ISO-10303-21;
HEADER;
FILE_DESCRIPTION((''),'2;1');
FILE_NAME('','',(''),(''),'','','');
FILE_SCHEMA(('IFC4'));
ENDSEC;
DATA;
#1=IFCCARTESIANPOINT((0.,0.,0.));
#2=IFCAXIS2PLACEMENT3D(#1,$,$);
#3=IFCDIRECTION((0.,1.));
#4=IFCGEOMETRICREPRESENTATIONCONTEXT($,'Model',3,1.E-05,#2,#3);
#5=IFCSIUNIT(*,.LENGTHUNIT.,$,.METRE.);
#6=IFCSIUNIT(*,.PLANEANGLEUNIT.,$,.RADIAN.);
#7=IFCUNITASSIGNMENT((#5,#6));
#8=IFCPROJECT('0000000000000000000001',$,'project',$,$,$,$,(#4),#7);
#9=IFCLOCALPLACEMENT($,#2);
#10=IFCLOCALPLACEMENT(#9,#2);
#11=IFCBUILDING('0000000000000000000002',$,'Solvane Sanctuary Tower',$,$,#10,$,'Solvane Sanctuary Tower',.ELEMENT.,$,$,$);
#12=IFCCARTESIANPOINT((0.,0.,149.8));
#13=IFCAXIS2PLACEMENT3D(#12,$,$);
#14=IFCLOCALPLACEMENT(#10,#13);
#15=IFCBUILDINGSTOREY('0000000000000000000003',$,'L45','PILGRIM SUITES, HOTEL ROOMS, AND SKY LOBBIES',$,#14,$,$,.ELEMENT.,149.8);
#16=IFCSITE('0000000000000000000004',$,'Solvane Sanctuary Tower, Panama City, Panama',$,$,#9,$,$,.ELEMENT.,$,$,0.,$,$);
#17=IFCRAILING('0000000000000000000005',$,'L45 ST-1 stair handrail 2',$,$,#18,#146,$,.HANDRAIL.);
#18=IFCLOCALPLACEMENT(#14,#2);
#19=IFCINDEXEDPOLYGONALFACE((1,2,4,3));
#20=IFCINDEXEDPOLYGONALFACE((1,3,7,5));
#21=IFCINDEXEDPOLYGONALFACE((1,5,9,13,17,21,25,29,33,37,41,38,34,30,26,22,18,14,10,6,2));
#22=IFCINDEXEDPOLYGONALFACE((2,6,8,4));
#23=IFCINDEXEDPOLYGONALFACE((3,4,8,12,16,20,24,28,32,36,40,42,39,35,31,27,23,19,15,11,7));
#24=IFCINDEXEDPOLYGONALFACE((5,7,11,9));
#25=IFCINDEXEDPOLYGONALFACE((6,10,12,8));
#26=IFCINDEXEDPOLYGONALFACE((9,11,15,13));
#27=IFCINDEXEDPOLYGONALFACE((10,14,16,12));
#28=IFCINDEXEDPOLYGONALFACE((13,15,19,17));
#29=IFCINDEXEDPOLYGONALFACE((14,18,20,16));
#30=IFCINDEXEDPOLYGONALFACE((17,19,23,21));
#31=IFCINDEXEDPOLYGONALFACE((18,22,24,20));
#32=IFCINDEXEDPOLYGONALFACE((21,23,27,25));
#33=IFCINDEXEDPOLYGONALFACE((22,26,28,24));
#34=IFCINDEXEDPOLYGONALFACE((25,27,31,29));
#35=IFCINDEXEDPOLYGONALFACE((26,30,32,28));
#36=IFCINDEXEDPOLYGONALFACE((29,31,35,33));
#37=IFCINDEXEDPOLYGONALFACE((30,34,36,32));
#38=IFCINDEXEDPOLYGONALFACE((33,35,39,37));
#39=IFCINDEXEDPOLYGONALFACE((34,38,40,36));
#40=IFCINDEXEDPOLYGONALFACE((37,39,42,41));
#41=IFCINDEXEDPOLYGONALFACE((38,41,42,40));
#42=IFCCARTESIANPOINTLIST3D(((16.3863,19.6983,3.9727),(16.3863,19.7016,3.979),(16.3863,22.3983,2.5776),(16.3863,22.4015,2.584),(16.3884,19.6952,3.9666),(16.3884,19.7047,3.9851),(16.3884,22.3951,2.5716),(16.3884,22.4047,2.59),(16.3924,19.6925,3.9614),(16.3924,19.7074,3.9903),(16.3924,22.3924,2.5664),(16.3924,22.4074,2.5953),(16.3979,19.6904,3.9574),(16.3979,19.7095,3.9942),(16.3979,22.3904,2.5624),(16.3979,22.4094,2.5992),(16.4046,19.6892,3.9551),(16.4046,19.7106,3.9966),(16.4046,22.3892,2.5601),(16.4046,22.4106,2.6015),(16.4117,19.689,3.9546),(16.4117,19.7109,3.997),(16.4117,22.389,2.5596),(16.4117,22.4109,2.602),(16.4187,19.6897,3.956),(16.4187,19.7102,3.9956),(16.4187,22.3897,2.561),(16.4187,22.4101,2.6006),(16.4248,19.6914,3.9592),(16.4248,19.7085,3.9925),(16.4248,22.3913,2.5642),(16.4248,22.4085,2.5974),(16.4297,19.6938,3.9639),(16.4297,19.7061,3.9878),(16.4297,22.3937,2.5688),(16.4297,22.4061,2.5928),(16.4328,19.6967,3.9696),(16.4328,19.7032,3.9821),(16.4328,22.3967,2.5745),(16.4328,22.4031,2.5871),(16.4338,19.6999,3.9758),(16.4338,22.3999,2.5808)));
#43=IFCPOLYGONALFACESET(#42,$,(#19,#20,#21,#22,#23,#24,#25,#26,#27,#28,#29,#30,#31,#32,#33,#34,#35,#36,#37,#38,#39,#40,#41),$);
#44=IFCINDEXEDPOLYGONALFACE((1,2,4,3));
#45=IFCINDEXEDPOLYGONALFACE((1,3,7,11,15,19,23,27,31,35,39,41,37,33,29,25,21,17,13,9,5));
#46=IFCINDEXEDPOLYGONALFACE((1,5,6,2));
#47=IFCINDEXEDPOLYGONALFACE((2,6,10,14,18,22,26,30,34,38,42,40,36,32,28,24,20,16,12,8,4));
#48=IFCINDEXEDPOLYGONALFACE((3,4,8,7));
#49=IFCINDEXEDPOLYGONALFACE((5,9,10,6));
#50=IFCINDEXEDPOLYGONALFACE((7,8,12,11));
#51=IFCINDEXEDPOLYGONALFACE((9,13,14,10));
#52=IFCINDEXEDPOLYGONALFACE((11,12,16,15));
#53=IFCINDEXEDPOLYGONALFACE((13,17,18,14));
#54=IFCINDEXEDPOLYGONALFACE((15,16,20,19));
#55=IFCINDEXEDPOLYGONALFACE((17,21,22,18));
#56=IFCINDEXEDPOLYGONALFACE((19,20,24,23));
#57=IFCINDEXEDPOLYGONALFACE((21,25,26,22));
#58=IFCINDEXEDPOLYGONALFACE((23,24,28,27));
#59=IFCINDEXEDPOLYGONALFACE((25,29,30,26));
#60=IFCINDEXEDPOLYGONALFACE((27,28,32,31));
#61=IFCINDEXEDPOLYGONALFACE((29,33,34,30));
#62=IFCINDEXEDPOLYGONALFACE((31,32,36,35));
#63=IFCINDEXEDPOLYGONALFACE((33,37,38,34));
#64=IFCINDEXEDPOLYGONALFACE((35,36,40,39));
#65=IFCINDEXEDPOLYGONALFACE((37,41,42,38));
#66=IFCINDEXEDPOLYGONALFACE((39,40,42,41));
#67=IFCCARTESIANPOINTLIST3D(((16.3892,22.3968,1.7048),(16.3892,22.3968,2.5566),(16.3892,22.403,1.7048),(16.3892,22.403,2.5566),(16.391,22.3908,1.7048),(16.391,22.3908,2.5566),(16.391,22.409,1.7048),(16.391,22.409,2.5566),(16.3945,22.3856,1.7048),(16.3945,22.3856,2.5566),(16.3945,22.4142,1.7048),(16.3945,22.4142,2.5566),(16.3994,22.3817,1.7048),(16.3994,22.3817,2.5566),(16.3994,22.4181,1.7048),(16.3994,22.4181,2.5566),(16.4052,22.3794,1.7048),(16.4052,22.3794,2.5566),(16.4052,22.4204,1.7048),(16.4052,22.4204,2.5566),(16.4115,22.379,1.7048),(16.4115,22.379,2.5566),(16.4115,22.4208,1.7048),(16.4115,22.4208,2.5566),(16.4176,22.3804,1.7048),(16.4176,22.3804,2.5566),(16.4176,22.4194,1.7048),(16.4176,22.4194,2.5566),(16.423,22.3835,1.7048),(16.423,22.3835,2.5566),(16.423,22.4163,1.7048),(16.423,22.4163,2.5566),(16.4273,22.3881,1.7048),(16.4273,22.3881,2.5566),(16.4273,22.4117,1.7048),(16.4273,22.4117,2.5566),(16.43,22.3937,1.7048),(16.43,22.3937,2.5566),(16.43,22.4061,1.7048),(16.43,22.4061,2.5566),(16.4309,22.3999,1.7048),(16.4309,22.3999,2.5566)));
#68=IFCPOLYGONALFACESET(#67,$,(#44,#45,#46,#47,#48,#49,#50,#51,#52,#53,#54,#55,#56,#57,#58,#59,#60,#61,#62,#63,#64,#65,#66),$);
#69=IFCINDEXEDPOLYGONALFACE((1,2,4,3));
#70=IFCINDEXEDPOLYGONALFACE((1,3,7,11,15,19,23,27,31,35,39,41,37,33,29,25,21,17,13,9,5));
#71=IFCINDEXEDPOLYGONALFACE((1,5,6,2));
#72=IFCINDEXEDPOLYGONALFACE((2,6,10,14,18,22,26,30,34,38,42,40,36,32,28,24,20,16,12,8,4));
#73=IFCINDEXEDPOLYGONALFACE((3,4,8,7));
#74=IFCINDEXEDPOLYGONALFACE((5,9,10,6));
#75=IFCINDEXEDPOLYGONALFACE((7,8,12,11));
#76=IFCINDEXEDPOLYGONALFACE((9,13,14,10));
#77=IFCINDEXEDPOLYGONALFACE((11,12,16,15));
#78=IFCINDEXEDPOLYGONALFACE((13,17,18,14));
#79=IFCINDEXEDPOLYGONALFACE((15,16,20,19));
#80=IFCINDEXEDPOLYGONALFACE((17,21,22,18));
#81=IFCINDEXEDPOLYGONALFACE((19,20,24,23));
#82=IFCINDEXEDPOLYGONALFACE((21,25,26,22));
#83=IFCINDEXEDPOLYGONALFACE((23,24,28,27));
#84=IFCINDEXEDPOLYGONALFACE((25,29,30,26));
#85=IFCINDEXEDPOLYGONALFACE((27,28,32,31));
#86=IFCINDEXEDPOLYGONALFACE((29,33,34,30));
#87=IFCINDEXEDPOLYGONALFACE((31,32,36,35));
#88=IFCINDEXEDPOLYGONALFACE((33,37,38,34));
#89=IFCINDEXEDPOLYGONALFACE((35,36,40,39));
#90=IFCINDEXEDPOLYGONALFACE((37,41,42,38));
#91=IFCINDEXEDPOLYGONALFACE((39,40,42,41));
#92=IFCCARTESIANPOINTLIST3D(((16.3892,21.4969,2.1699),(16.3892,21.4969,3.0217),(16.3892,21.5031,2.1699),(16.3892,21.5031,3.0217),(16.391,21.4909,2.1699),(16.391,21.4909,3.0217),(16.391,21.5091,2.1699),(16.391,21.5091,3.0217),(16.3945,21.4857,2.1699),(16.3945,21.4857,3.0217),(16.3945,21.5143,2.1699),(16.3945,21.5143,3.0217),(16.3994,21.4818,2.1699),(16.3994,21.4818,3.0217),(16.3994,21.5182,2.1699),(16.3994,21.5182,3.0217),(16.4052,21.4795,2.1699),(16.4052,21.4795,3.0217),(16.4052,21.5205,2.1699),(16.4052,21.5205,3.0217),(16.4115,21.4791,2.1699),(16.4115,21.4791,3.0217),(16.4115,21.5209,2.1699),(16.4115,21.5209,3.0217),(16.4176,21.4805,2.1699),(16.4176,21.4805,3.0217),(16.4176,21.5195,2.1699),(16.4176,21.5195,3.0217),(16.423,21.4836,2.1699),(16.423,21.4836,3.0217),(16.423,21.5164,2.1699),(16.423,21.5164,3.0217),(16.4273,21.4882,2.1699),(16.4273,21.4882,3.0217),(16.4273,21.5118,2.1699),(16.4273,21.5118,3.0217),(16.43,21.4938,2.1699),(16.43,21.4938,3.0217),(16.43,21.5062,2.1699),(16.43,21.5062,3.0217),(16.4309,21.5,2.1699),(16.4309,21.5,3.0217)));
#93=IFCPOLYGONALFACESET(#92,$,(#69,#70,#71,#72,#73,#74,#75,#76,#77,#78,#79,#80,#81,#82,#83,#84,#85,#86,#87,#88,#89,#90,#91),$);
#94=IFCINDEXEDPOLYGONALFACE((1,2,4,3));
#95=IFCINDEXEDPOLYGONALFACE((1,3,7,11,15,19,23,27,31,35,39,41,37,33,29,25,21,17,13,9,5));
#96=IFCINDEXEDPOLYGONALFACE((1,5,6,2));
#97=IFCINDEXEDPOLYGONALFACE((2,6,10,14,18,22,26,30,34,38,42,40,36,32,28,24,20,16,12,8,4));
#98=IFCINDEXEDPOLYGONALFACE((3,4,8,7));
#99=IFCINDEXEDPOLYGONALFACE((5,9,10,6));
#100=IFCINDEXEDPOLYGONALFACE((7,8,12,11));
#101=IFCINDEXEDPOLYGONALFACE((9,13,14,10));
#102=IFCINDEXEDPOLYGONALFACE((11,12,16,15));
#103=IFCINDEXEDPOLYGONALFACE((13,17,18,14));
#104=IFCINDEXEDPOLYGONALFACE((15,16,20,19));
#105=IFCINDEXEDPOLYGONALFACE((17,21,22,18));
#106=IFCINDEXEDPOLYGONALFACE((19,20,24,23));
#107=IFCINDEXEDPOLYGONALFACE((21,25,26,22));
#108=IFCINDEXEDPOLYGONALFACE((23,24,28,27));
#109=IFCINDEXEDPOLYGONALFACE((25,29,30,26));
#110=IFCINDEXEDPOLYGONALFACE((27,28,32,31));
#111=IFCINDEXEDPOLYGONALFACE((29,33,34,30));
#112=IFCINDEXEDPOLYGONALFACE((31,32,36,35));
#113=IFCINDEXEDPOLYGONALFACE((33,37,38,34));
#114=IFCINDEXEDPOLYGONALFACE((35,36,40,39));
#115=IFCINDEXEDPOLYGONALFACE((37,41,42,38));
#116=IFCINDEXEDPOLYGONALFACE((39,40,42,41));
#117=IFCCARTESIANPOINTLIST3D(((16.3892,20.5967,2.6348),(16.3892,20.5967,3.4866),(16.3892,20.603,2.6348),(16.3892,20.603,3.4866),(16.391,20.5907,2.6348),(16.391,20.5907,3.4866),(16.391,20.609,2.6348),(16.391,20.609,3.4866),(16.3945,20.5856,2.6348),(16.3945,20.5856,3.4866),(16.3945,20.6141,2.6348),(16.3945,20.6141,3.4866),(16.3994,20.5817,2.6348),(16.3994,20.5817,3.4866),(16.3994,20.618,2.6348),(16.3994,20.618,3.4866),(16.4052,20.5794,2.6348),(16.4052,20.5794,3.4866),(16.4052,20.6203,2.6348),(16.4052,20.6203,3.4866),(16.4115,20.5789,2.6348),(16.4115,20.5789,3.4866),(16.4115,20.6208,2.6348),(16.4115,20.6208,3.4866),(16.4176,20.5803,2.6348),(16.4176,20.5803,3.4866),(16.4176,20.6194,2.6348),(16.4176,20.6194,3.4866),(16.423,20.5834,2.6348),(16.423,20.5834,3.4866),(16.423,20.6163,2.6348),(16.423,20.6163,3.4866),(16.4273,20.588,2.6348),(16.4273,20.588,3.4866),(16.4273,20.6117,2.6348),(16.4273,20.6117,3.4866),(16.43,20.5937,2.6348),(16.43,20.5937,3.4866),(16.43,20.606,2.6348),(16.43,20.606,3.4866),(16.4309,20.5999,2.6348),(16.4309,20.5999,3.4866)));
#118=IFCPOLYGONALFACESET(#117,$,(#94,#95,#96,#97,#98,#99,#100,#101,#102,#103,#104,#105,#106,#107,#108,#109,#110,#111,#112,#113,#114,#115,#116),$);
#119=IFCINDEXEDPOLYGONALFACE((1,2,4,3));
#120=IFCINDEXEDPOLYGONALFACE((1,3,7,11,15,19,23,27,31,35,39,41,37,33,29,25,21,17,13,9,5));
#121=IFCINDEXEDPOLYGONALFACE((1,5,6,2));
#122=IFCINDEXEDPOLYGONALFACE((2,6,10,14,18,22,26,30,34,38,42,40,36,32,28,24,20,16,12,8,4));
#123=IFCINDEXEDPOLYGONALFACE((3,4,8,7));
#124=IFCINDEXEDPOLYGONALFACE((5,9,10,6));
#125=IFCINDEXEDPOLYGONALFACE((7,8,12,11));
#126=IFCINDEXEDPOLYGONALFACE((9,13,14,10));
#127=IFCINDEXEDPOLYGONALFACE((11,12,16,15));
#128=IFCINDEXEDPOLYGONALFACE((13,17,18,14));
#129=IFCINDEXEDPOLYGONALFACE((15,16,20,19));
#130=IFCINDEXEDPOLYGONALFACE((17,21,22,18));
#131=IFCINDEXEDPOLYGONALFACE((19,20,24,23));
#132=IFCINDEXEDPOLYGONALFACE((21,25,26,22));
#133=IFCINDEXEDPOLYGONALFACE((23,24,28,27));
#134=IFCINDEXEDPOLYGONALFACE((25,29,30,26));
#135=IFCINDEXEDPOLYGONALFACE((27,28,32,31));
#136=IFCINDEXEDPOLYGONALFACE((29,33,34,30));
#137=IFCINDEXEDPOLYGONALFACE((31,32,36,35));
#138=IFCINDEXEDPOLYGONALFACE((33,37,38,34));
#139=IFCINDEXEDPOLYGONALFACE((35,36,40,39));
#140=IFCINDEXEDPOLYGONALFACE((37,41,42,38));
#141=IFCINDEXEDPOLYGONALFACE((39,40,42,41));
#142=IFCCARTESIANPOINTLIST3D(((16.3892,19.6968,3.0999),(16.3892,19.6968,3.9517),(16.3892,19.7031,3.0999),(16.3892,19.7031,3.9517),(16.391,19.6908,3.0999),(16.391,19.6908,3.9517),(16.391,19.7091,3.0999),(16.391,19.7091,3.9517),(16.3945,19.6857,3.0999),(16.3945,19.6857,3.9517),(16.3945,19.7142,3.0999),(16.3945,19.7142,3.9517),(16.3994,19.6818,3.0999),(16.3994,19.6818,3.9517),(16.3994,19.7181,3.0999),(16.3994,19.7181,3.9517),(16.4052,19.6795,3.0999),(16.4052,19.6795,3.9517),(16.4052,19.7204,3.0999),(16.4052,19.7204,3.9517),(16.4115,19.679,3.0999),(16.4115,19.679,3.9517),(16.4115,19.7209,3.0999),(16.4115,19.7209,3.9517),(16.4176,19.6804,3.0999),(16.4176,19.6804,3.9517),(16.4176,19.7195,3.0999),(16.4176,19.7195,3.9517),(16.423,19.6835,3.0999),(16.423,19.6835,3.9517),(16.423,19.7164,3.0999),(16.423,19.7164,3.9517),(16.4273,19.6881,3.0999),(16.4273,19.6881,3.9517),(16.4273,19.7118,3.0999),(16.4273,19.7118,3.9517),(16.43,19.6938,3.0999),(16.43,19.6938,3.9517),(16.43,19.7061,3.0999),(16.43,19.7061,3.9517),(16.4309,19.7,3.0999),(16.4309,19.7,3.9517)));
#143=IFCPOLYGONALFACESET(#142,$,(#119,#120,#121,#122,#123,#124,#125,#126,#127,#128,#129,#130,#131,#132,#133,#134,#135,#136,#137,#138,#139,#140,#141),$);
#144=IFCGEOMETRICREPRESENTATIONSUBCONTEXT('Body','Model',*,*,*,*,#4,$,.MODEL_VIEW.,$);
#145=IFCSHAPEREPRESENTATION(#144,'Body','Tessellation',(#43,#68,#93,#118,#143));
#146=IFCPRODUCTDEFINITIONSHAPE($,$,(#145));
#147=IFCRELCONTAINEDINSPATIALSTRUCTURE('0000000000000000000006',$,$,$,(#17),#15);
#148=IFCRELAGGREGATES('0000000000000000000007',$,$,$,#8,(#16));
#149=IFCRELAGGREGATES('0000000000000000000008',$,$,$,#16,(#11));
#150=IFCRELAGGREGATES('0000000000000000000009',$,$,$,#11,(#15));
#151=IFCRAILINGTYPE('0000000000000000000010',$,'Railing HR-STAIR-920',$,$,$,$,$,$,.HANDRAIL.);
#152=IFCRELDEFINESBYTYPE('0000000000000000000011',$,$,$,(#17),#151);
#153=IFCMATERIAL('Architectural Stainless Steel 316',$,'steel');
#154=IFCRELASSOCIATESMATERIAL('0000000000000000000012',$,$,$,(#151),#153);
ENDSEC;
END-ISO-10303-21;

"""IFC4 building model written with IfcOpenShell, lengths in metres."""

from ifc_helpers import new_model, si_unit, direction, frame, origin, origin_2d, place, context, subcontext, project, spatial, circle, extrude, material, type_object, element, save


model = new_model("IFC4")

# Units and contexts
model_context = context("Model", 3, precision=1e-05, world=origin(), true_north=direction((0.0, 1.0)))
body_context = subcontext(model_context, "Body", "Model", "MODEL_VIEW")
ifc_project = project(units=[si_unit("LENGTHUNIT", "METRE"), si_unit("PLANEANGLEUNIT", "RADIAN")], contexts=[model_context])

# Site, building, storey
site_placement = place(None, origin())
site = spatial("IfcSite", under=ifc_project, at=site_placement, Name="Solvane Sanctuary Tower, Panama City, Panama", CompositionType="ELEMENT", RefElevation=0.0)
building_placement = place(site_placement, origin())
building = spatial("IfcBuilding", under=site, at=building_placement, Name="Solvane Sanctuary Tower", LongName="Solvane Sanctuary Tower", CompositionType="ELEMENT")
storey_placement = place(building_placement, frame((0.0, 0.0, 149.8)))
storey = spatial("IfcBuildingStorey", under=building, at=storey_placement, Name="L45", Description="PILGRIM SUITES, HOTEL ROOMS, AND SKY LOBBIES", CompositionType="ELEMENT", Elevation=149.8)

# Shared definitions
ifc_material_1 = material(Name="Architectural Stainless Steel 316", Category="steel")

# Railing
railing_type_1 = type_object("IfcRailingType", Name="Railing HR-STAIR-920", PredefinedType="HANDRAIL", material=ifc_material_1)
railing_1_placement = place(storey_placement, frame((16.4099, 22.3999, 1.7048)))
element("IfcRailing", 1, at=railing_1_placement, inside=storey, type_object=railing_type_1, Name="L45 ST-1 stair handrail 2", PredefinedType="HANDRAIL", context=body_context, shape_type="SweptSolid", body=[
    extrude(circle(Radius=0.0239, at=origin_2d()), frame((0.0, 0.0, 0.876), z_axis=(0.0, -0.88842, 0.459032), x_axis=(1.0, 0.0, 0.0)), (0.0, 0.0, 1.0), 3.0391),
    extrude(circle(Radius=0.021, at=origin_2d()), origin(), (0.0, 0.0, 1.0), 0.8518),
    extrude(circle(Radius=0.021, at=origin_2d()), frame((0.0, -0.8999, 0.4651)), (0.0, 0.0, 1.0), 0.8518),
    extrude(circle(Radius=0.021, at=origin_2d()), frame((0.0, -1.8, 0.9299)), (0.0, 0.0, 1.0), 0.8518),
    extrude(circle(Radius=0.021, at=origin_2d()), frame((0.0, -2.7, 1.395)), (0.0, 0.0, 1.0), 0.8518),
])

save(model, "model.ifc")
